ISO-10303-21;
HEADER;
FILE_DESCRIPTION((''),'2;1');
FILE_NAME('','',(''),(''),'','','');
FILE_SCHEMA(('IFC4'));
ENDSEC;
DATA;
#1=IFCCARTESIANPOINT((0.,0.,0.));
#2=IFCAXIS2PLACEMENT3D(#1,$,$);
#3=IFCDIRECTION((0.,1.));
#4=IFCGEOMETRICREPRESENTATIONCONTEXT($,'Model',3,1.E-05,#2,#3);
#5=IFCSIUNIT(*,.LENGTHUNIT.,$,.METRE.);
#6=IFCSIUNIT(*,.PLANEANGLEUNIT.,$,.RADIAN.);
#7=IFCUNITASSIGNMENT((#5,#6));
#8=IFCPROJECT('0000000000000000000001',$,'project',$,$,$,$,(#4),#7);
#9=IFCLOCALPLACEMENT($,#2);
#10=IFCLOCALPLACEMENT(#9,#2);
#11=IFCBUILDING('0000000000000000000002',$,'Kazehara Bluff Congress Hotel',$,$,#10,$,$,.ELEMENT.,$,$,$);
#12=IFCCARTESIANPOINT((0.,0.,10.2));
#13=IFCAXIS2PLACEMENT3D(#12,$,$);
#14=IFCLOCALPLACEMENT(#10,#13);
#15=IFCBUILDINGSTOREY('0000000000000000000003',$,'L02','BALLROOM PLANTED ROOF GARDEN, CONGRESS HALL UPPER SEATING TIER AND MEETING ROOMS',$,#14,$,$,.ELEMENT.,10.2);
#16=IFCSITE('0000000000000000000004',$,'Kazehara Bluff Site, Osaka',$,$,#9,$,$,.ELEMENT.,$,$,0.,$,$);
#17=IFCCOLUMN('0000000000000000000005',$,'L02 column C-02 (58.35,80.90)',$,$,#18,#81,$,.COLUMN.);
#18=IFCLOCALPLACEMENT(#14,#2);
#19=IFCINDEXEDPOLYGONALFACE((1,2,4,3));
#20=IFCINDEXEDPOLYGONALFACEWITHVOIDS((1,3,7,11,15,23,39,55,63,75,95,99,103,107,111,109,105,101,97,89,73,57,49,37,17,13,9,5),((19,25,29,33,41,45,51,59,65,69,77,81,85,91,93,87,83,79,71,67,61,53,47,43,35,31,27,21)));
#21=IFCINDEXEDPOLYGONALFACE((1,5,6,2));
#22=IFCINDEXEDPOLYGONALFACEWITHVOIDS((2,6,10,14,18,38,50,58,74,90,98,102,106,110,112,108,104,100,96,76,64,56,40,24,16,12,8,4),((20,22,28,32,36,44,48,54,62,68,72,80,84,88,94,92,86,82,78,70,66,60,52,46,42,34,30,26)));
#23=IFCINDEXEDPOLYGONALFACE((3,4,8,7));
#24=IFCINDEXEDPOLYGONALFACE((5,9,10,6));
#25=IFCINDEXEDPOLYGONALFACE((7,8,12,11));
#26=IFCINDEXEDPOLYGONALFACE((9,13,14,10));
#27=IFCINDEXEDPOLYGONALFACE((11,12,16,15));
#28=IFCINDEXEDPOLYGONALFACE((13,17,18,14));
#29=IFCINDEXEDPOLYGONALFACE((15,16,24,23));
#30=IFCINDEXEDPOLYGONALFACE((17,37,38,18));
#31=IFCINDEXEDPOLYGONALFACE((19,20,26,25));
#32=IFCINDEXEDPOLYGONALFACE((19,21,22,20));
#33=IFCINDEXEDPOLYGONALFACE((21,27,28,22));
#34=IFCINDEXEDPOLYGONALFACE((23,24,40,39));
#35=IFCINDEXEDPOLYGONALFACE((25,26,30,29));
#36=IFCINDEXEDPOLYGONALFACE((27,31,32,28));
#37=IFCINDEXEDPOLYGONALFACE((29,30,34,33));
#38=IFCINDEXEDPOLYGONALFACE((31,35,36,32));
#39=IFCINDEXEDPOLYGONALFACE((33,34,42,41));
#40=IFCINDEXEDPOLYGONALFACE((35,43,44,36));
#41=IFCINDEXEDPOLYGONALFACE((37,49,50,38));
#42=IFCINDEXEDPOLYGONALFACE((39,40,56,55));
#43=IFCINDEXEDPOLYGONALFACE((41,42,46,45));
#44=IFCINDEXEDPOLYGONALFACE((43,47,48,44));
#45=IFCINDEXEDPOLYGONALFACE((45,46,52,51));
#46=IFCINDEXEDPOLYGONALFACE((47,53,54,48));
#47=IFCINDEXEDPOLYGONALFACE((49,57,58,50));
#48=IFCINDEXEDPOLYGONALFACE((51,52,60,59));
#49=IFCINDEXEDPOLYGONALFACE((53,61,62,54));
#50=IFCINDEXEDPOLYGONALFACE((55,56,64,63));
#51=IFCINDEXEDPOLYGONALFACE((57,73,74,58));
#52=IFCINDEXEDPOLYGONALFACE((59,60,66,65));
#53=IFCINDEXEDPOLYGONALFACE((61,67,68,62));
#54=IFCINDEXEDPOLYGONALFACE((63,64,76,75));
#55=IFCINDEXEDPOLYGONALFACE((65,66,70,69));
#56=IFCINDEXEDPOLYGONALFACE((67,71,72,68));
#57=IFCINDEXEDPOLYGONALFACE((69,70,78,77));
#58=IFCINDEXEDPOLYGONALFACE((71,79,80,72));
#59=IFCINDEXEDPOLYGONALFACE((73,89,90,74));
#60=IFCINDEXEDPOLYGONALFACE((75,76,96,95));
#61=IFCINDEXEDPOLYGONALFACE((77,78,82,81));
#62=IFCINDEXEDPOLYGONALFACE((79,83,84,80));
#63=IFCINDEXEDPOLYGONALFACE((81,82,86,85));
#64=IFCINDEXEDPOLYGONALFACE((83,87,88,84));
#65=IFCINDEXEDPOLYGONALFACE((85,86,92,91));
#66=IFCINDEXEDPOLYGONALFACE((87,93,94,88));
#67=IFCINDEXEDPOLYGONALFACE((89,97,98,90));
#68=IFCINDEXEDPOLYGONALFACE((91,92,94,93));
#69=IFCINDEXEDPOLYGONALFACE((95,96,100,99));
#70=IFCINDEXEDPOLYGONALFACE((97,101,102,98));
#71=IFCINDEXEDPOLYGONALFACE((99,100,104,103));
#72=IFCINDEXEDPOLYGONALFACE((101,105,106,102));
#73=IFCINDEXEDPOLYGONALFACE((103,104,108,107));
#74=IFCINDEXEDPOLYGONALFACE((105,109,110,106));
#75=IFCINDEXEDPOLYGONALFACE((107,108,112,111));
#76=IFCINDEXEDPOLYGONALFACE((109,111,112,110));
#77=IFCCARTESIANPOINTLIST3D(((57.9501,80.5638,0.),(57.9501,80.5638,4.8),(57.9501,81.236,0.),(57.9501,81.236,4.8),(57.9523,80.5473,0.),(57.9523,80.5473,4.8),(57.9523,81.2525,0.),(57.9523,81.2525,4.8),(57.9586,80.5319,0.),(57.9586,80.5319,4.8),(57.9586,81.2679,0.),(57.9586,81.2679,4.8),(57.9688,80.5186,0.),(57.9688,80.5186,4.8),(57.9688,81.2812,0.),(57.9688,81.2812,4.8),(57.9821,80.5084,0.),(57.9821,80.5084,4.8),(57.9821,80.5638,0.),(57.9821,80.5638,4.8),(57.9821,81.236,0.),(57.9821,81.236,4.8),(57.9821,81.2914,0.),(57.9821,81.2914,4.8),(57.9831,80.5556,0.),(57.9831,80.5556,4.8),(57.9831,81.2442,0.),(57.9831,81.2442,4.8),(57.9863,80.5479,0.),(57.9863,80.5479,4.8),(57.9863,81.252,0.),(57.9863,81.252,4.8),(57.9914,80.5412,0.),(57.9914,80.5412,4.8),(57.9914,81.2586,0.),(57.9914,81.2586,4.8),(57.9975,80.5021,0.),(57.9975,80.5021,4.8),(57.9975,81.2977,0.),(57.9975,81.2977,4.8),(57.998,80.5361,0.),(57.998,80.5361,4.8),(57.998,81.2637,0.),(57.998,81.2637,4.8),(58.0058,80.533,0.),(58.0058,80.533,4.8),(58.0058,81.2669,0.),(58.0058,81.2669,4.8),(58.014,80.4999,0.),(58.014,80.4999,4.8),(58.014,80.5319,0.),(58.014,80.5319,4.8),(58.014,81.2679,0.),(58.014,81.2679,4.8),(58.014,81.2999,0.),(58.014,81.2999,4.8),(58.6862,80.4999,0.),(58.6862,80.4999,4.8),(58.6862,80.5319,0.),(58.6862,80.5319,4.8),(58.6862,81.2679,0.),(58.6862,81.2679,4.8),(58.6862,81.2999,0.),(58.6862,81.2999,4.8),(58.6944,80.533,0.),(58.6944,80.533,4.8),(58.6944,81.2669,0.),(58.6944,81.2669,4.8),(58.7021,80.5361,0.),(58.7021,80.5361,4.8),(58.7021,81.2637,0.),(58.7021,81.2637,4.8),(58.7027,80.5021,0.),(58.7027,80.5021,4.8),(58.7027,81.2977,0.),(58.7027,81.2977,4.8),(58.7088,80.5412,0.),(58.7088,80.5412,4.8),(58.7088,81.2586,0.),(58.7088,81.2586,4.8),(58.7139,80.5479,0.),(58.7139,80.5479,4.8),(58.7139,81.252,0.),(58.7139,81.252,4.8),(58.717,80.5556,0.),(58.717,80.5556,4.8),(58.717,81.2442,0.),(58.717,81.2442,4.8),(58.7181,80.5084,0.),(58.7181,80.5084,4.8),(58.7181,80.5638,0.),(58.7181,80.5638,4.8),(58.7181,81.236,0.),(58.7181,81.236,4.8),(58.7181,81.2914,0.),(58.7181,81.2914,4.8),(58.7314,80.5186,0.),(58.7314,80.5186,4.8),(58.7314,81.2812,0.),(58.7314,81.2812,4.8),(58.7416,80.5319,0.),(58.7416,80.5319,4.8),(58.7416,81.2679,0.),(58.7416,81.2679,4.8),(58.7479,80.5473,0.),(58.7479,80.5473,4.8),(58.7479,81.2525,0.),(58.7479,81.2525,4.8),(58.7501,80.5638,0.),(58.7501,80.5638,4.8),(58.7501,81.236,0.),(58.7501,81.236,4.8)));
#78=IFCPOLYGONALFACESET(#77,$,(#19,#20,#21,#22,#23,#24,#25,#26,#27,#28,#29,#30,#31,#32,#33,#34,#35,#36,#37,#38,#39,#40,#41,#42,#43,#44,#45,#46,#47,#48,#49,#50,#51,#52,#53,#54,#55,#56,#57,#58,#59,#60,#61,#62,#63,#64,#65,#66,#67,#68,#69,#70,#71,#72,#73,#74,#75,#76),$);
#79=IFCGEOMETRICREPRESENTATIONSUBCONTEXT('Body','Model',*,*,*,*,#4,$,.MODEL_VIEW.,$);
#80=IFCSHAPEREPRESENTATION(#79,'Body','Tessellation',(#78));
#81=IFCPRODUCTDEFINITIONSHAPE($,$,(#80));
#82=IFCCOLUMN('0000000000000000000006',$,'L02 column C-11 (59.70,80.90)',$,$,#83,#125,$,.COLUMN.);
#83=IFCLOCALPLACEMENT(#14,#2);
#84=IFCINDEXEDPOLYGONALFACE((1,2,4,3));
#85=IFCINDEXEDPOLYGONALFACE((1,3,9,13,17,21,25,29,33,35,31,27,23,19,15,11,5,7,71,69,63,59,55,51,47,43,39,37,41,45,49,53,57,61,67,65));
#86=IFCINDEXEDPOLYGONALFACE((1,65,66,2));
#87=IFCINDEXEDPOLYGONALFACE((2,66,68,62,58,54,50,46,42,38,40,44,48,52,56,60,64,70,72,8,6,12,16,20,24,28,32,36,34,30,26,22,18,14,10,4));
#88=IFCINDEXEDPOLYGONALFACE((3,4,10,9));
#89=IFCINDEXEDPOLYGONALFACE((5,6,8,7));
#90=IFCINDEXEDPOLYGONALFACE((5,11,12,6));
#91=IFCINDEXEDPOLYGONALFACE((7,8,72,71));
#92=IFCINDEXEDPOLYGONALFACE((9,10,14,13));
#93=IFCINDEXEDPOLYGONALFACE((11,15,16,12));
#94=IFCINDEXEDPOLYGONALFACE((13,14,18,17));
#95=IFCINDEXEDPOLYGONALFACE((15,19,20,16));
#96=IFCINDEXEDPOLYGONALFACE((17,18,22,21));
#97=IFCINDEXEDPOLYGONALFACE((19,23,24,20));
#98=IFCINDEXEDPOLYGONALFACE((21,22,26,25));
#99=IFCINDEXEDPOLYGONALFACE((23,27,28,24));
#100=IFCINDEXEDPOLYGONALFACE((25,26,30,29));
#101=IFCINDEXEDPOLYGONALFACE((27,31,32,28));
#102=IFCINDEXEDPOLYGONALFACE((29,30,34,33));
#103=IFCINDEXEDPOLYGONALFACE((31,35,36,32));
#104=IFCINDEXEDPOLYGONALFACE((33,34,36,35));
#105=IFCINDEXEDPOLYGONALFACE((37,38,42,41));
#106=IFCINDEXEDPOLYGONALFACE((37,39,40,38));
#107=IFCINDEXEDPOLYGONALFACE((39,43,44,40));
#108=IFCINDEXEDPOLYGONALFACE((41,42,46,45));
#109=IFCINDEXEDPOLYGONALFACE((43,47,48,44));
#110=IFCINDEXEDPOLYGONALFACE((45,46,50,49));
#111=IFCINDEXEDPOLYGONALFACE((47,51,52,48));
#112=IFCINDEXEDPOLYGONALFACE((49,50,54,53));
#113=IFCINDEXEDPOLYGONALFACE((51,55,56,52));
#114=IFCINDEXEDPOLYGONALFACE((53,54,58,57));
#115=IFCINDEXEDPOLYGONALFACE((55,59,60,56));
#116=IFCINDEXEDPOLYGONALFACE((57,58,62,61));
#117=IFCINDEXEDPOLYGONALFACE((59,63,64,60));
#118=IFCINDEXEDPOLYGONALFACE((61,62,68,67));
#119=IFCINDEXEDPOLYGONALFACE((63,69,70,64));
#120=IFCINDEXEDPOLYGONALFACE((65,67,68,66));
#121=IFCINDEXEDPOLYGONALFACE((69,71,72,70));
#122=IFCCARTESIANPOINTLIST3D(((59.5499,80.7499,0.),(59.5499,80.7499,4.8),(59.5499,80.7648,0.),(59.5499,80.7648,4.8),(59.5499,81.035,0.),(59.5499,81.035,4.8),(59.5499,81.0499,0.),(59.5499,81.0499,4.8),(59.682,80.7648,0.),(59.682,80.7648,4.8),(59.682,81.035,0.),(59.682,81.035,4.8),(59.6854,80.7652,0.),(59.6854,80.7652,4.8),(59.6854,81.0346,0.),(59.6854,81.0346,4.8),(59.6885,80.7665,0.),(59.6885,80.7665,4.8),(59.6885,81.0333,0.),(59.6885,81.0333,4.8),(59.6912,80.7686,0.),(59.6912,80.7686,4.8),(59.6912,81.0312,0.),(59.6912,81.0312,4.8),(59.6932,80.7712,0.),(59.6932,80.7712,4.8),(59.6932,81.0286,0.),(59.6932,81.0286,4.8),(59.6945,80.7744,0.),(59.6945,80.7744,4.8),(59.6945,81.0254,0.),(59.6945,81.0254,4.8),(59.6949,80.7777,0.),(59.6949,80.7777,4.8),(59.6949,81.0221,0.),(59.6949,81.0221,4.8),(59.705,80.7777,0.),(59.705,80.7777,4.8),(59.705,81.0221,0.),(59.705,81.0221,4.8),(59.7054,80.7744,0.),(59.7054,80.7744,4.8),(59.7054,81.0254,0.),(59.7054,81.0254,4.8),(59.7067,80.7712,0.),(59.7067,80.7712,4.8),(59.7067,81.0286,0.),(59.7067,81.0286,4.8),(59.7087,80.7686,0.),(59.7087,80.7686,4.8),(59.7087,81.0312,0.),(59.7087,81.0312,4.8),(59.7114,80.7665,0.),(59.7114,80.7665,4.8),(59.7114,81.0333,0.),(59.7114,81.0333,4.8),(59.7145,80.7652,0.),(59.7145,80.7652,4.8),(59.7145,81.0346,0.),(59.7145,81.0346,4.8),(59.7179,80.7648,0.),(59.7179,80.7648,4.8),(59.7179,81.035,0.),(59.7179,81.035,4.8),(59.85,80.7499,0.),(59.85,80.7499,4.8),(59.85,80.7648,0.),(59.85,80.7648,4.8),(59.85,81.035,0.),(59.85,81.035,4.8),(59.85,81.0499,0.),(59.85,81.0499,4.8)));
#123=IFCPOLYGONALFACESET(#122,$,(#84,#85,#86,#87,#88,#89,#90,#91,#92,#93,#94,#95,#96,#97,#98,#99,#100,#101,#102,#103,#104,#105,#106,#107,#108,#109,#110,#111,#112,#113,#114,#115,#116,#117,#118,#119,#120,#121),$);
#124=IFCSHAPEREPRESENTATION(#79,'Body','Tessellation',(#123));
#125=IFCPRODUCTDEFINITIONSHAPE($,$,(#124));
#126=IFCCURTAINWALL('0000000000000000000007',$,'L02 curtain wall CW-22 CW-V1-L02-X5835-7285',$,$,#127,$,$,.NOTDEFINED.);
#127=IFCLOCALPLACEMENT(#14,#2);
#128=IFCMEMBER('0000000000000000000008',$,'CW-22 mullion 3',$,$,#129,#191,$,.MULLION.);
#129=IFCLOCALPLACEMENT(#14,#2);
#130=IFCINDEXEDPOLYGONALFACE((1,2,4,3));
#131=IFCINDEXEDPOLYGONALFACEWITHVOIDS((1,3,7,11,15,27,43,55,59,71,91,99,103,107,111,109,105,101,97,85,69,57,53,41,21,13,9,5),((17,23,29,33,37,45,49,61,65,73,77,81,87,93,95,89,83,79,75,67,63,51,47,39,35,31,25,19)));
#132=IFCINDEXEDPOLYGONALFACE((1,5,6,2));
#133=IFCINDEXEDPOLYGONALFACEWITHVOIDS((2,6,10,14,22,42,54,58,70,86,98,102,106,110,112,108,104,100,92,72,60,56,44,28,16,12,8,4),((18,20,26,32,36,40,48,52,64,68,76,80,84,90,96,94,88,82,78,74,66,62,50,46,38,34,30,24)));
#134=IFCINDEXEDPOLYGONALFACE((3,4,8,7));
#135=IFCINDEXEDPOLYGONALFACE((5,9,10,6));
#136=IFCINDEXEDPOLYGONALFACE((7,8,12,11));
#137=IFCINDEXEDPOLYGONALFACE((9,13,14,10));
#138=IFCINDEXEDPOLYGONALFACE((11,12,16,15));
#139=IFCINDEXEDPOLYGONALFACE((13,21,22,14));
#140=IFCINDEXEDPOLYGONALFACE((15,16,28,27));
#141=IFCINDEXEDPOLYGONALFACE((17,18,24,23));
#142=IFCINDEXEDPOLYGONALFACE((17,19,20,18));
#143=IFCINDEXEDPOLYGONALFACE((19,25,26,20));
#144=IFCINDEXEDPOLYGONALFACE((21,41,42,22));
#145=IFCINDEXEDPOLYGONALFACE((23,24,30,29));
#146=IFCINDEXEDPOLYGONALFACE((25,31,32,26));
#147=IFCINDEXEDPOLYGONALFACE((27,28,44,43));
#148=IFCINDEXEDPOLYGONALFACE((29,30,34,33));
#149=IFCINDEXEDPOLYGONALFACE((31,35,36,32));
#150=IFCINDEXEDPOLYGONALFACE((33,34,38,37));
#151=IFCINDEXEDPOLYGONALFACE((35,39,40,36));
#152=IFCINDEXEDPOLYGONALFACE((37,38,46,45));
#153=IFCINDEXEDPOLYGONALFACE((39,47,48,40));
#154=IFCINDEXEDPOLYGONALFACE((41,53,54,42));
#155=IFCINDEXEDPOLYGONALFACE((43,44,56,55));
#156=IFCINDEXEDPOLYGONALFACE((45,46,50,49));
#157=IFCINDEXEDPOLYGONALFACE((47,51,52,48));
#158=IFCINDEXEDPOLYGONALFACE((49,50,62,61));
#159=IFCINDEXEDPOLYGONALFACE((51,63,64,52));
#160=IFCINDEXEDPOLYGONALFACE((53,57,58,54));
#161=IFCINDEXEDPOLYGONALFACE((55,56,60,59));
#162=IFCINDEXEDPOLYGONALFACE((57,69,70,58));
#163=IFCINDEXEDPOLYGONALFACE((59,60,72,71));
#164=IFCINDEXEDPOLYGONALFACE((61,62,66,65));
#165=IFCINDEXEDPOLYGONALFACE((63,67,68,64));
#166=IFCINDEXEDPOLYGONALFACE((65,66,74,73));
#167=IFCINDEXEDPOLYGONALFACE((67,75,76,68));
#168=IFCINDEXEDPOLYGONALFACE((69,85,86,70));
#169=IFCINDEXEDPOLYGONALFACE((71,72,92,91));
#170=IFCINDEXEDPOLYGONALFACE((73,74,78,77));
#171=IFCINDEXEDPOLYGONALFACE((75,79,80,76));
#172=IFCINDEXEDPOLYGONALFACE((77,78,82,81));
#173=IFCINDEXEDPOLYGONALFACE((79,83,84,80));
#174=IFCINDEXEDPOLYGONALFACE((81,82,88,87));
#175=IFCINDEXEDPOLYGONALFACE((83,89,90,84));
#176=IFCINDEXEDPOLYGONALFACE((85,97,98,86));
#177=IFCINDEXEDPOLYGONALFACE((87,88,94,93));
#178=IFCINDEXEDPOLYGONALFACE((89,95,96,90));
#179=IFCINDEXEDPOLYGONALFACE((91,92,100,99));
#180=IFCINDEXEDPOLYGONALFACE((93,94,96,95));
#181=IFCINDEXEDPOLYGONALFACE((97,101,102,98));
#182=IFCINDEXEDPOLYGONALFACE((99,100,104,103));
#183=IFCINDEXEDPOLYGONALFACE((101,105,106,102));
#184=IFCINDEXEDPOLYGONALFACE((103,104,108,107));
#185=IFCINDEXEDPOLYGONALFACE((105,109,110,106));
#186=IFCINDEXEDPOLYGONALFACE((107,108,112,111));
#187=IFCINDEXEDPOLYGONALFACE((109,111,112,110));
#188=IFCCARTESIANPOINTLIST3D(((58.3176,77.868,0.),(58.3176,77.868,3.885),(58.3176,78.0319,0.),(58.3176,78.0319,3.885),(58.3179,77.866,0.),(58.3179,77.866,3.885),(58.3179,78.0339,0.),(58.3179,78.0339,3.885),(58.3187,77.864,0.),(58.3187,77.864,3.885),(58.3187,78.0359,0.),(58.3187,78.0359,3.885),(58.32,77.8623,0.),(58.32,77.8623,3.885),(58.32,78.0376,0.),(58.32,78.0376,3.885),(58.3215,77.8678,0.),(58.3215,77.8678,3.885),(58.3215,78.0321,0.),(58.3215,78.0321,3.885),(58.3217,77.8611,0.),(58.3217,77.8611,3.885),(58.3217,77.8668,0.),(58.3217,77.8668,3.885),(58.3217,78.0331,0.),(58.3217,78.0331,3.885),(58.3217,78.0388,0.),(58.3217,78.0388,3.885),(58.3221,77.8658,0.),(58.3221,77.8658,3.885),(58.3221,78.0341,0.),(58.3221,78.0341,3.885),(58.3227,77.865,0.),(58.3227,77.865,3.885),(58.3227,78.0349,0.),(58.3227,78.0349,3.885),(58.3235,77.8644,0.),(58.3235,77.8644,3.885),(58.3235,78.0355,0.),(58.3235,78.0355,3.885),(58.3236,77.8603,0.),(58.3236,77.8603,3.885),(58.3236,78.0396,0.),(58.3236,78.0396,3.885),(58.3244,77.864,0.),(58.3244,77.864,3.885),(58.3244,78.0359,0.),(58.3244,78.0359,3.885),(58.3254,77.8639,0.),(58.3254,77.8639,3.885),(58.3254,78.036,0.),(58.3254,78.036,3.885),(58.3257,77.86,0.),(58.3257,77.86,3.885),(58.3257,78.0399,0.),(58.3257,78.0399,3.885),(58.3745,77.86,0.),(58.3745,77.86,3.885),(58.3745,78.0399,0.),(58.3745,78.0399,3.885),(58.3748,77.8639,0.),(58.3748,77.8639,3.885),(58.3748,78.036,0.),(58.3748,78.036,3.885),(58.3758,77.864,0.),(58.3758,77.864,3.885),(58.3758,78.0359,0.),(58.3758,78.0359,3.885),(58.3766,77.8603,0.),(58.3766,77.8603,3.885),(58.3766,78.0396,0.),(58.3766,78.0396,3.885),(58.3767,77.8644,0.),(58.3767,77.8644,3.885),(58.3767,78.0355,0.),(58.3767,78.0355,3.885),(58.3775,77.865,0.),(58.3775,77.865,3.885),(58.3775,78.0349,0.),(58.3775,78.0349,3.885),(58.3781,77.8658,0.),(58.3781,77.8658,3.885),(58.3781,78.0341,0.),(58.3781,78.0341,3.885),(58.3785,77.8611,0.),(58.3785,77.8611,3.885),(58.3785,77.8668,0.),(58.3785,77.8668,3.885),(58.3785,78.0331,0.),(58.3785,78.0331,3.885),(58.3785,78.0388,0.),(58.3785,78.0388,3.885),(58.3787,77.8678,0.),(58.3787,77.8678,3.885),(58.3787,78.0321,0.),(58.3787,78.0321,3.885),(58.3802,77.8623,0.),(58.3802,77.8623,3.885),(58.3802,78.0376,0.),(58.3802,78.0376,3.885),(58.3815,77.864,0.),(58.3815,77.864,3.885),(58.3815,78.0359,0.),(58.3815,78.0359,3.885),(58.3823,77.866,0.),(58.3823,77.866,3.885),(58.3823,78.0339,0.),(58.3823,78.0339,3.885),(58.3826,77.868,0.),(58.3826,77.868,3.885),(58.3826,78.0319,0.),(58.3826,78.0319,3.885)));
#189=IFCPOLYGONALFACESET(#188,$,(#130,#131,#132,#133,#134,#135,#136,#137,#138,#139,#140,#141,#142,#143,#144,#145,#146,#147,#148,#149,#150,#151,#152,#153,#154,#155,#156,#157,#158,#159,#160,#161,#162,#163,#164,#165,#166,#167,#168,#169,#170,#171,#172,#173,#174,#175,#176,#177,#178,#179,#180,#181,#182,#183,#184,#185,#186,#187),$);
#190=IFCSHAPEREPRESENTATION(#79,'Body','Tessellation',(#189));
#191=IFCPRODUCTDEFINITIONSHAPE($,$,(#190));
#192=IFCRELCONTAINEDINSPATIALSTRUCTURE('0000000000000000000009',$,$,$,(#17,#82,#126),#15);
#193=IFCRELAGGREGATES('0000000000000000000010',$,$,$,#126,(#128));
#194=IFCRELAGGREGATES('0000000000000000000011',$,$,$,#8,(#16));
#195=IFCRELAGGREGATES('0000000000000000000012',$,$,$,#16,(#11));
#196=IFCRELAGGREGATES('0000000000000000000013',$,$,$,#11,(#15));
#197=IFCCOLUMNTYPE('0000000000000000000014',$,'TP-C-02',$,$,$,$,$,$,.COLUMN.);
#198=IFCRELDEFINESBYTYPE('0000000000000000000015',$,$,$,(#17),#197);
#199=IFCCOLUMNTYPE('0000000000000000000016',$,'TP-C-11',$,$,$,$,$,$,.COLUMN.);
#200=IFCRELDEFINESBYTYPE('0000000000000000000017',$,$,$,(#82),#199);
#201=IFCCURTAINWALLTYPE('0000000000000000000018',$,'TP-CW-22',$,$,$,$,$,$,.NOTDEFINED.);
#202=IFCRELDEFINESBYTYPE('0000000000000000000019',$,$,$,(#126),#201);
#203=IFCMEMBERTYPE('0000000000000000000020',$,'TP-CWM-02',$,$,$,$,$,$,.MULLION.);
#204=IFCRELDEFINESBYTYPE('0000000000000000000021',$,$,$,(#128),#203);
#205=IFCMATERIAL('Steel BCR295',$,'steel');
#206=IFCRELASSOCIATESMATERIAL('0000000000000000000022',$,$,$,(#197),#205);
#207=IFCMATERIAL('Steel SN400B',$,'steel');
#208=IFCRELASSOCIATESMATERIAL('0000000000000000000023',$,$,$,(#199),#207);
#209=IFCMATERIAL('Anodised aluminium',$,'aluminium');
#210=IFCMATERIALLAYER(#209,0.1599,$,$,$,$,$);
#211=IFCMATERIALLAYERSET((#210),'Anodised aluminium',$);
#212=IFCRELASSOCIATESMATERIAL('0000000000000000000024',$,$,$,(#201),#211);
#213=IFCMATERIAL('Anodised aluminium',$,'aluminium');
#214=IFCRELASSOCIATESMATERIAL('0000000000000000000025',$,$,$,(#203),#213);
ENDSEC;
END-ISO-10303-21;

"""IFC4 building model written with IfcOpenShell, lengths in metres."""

from ifc_helpers import new_model, si_unit, direction, frame, origin, origin_2d, place, context, subcontext, project, spatial, hollow_rectangle, i_section, extrude, material, layer, layer_set, material_profile, profile_set, type_object, element, aggregate, save


model = new_model("IFC4")

# Units and contexts
model_context = context("Model", 3, precision=1e-05, world=origin(), true_north=direction((0.0, 1.0)))
body_context = subcontext(model_context, "Body", "Model", "MODEL_VIEW")
ifc_project = project(units=[si_unit("LENGTHUNIT", "METRE"), si_unit("PLANEANGLEUNIT", "RADIAN")], contexts=[model_context])

# Site, building, storey
site_placement = place(None, origin())
site = spatial("IfcSite", under=ifc_project, at=site_placement, Name="Kazehara Bluff Site, Osaka", CompositionType="ELEMENT", RefElevation=0.0)
building_placement = place(site_placement, origin())
building = spatial("IfcBuilding", under=site, at=building_placement, Name="Kazehara Bluff Congress Hotel", CompositionType="ELEMENT")
storey_placement = place(building_placement, frame((0.0, 0.0, 10.2)))
storey = spatial("IfcBuildingStorey", under=building, at=storey_placement, Name="L02", Description="BALLROOM PLANTED ROOF GARDEN, CONGRESS HALL UPPER SEATING TIER AND MEETING ROOMS", CompositionType="ELEMENT", Elevation=10.2)

# Columns
ifc_material_1 = material(Name="Steel BCR295", Category="steel")
ifc_material_profile_1 = material_profile(ifc_material_1, hollow_rectangle(XDim=0.8, YDim=0.8, WallThickness=0.032, InnerFilletRadius=0.032, OuterFilletRadius=0.064, at=origin_2d()))
ifc_profile_set_1 = profile_set([ifc_material_profile_1], Name="Steel BCR295")
column_type_1 = type_object("IfcColumnType", Name="TP-C-02", PredefinedType="COLUMN", material=ifc_profile_set_1)
column_1_placement = place(storey_placement, frame((58.3501, 80.8999, 0.0), z_axis=(0.0, 0.0, 1.0), x_axis=(1.0, 0.0, 0.0)))
element("IfcColumn", 1, at=column_1_placement, inside=storey, type_object=column_type_1, Name="L02 column C-02 (58.35,80.90)", PredefinedType="COLUMN", context=body_context, shape_type="SweptSolid", body=[
    extrude(hollow_rectangle(XDim=0.8, YDim=0.8, WallThickness=0.032, InnerFilletRadius=0.032, OuterFilletRadius=0.064, at=origin_2d()), origin(), (0.0, 0.0, 1.0), 4.8),
])
ifc_material_2 = material(Name="Steel SN400B", Category="steel")
ifc_material_profile_2 = material_profile(ifc_material_2, i_section(OverallWidth=0.3, OverallDepth=0.3, WebThickness=0.01, FlangeThickness=0.0149, FilletRadius=0.0129, at=origin_2d()))
ifc_profile_set_2 = profile_set([ifc_material_profile_2], Name="Steel SN400B")
column_type_2 = type_object("IfcColumnType", Name="TP-C-11", PredefinedType="COLUMN", material=ifc_profile_set_2)
column_2_placement = place(storey_placement, frame((59.7, 80.8999, 0.0), z_axis=(0.0, 0.0, 1.0), x_axis=(1.0, 0.0, 0.0)))
element("IfcColumn", 2, at=column_2_placement, inside=storey, type_object=column_type_2, Name="L02 column C-11 (59.70,80.90)", PredefinedType="COLUMN", context=body_context, shape_type="SweptSolid", body=[
    extrude(i_section(OverallWidth=0.3, OverallDepth=0.3, WebThickness=0.01, FlangeThickness=0.0149, FilletRadius=0.0129, at=origin_2d()), origin(), (0.0, 0.0, 1.0), 4.8),
])

# Curtain wall, member
ifc_material_3 = material(Name="Anodised aluminium", Category="aluminium")
ifc_layer_1 = layer(ifc_material_3, 0.1599)
ifc_layer_set_1 = layer_set([ifc_layer_1], Name="Anodised aluminium")
curtain_wall_type_1 = type_object("IfcCurtainWallType", Name="TP-CW-22", PredefinedType="NOTDEFINED", material=ifc_layer_set_1)
curtain_wall_1_placement = place(storey_placement, origin())
curtain_wall_1 = element("IfcCurtainWall", 3, at=curtain_wall_1_placement, inside=storey, type_object=curtain_wall_type_1, Name="L02 curtain wall CW-22 CW-V1-L02-X5835-7285", PredefinedType="NOTDEFINED")
ifc_material_4 = material(Name="Anodised aluminium", Category="aluminium")
ifc_material_profile_3 = material_profile(ifc_material_4, hollow_rectangle(XDim=0.0649, YDim=0.1799, WallThickness=0.0039, InnerFilletRadius=0.0039, OuterFilletRadius=0.0081, at=origin_2d()))
ifc_profile_set_3 = profile_set([ifc_material_profile_3], Name="Anodised aluminium")
member_type_1 = type_object("IfcMemberType", Name="TP-CWM-02", PredefinedType="MULLION", material=ifc_profile_set_3)
member_1_placement = place(storey_placement, frame((58.3501, 77.95, 0.0), z_axis=(0.0, 0.0, 1.0), x_axis=(-1.0, 0.0, 0.0)))
member_1 = element("IfcMember", 4, at=member_1_placement, type_object=member_type_1, Name="CW-22 mullion 3", PredefinedType="MULLION", context=body_context, shape_type="SweptSolid", body=[
    extrude(hollow_rectangle(XDim=0.0649, YDim=0.1799, WallThickness=0.0039, InnerFilletRadius=0.0039, OuterFilletRadius=0.0081, at=origin_2d()), origin(), (0.0, 0.0, 1.0), 3.885),
])

aggregate(curtain_wall_1, [member_1])

save(model, "model.ifc")
